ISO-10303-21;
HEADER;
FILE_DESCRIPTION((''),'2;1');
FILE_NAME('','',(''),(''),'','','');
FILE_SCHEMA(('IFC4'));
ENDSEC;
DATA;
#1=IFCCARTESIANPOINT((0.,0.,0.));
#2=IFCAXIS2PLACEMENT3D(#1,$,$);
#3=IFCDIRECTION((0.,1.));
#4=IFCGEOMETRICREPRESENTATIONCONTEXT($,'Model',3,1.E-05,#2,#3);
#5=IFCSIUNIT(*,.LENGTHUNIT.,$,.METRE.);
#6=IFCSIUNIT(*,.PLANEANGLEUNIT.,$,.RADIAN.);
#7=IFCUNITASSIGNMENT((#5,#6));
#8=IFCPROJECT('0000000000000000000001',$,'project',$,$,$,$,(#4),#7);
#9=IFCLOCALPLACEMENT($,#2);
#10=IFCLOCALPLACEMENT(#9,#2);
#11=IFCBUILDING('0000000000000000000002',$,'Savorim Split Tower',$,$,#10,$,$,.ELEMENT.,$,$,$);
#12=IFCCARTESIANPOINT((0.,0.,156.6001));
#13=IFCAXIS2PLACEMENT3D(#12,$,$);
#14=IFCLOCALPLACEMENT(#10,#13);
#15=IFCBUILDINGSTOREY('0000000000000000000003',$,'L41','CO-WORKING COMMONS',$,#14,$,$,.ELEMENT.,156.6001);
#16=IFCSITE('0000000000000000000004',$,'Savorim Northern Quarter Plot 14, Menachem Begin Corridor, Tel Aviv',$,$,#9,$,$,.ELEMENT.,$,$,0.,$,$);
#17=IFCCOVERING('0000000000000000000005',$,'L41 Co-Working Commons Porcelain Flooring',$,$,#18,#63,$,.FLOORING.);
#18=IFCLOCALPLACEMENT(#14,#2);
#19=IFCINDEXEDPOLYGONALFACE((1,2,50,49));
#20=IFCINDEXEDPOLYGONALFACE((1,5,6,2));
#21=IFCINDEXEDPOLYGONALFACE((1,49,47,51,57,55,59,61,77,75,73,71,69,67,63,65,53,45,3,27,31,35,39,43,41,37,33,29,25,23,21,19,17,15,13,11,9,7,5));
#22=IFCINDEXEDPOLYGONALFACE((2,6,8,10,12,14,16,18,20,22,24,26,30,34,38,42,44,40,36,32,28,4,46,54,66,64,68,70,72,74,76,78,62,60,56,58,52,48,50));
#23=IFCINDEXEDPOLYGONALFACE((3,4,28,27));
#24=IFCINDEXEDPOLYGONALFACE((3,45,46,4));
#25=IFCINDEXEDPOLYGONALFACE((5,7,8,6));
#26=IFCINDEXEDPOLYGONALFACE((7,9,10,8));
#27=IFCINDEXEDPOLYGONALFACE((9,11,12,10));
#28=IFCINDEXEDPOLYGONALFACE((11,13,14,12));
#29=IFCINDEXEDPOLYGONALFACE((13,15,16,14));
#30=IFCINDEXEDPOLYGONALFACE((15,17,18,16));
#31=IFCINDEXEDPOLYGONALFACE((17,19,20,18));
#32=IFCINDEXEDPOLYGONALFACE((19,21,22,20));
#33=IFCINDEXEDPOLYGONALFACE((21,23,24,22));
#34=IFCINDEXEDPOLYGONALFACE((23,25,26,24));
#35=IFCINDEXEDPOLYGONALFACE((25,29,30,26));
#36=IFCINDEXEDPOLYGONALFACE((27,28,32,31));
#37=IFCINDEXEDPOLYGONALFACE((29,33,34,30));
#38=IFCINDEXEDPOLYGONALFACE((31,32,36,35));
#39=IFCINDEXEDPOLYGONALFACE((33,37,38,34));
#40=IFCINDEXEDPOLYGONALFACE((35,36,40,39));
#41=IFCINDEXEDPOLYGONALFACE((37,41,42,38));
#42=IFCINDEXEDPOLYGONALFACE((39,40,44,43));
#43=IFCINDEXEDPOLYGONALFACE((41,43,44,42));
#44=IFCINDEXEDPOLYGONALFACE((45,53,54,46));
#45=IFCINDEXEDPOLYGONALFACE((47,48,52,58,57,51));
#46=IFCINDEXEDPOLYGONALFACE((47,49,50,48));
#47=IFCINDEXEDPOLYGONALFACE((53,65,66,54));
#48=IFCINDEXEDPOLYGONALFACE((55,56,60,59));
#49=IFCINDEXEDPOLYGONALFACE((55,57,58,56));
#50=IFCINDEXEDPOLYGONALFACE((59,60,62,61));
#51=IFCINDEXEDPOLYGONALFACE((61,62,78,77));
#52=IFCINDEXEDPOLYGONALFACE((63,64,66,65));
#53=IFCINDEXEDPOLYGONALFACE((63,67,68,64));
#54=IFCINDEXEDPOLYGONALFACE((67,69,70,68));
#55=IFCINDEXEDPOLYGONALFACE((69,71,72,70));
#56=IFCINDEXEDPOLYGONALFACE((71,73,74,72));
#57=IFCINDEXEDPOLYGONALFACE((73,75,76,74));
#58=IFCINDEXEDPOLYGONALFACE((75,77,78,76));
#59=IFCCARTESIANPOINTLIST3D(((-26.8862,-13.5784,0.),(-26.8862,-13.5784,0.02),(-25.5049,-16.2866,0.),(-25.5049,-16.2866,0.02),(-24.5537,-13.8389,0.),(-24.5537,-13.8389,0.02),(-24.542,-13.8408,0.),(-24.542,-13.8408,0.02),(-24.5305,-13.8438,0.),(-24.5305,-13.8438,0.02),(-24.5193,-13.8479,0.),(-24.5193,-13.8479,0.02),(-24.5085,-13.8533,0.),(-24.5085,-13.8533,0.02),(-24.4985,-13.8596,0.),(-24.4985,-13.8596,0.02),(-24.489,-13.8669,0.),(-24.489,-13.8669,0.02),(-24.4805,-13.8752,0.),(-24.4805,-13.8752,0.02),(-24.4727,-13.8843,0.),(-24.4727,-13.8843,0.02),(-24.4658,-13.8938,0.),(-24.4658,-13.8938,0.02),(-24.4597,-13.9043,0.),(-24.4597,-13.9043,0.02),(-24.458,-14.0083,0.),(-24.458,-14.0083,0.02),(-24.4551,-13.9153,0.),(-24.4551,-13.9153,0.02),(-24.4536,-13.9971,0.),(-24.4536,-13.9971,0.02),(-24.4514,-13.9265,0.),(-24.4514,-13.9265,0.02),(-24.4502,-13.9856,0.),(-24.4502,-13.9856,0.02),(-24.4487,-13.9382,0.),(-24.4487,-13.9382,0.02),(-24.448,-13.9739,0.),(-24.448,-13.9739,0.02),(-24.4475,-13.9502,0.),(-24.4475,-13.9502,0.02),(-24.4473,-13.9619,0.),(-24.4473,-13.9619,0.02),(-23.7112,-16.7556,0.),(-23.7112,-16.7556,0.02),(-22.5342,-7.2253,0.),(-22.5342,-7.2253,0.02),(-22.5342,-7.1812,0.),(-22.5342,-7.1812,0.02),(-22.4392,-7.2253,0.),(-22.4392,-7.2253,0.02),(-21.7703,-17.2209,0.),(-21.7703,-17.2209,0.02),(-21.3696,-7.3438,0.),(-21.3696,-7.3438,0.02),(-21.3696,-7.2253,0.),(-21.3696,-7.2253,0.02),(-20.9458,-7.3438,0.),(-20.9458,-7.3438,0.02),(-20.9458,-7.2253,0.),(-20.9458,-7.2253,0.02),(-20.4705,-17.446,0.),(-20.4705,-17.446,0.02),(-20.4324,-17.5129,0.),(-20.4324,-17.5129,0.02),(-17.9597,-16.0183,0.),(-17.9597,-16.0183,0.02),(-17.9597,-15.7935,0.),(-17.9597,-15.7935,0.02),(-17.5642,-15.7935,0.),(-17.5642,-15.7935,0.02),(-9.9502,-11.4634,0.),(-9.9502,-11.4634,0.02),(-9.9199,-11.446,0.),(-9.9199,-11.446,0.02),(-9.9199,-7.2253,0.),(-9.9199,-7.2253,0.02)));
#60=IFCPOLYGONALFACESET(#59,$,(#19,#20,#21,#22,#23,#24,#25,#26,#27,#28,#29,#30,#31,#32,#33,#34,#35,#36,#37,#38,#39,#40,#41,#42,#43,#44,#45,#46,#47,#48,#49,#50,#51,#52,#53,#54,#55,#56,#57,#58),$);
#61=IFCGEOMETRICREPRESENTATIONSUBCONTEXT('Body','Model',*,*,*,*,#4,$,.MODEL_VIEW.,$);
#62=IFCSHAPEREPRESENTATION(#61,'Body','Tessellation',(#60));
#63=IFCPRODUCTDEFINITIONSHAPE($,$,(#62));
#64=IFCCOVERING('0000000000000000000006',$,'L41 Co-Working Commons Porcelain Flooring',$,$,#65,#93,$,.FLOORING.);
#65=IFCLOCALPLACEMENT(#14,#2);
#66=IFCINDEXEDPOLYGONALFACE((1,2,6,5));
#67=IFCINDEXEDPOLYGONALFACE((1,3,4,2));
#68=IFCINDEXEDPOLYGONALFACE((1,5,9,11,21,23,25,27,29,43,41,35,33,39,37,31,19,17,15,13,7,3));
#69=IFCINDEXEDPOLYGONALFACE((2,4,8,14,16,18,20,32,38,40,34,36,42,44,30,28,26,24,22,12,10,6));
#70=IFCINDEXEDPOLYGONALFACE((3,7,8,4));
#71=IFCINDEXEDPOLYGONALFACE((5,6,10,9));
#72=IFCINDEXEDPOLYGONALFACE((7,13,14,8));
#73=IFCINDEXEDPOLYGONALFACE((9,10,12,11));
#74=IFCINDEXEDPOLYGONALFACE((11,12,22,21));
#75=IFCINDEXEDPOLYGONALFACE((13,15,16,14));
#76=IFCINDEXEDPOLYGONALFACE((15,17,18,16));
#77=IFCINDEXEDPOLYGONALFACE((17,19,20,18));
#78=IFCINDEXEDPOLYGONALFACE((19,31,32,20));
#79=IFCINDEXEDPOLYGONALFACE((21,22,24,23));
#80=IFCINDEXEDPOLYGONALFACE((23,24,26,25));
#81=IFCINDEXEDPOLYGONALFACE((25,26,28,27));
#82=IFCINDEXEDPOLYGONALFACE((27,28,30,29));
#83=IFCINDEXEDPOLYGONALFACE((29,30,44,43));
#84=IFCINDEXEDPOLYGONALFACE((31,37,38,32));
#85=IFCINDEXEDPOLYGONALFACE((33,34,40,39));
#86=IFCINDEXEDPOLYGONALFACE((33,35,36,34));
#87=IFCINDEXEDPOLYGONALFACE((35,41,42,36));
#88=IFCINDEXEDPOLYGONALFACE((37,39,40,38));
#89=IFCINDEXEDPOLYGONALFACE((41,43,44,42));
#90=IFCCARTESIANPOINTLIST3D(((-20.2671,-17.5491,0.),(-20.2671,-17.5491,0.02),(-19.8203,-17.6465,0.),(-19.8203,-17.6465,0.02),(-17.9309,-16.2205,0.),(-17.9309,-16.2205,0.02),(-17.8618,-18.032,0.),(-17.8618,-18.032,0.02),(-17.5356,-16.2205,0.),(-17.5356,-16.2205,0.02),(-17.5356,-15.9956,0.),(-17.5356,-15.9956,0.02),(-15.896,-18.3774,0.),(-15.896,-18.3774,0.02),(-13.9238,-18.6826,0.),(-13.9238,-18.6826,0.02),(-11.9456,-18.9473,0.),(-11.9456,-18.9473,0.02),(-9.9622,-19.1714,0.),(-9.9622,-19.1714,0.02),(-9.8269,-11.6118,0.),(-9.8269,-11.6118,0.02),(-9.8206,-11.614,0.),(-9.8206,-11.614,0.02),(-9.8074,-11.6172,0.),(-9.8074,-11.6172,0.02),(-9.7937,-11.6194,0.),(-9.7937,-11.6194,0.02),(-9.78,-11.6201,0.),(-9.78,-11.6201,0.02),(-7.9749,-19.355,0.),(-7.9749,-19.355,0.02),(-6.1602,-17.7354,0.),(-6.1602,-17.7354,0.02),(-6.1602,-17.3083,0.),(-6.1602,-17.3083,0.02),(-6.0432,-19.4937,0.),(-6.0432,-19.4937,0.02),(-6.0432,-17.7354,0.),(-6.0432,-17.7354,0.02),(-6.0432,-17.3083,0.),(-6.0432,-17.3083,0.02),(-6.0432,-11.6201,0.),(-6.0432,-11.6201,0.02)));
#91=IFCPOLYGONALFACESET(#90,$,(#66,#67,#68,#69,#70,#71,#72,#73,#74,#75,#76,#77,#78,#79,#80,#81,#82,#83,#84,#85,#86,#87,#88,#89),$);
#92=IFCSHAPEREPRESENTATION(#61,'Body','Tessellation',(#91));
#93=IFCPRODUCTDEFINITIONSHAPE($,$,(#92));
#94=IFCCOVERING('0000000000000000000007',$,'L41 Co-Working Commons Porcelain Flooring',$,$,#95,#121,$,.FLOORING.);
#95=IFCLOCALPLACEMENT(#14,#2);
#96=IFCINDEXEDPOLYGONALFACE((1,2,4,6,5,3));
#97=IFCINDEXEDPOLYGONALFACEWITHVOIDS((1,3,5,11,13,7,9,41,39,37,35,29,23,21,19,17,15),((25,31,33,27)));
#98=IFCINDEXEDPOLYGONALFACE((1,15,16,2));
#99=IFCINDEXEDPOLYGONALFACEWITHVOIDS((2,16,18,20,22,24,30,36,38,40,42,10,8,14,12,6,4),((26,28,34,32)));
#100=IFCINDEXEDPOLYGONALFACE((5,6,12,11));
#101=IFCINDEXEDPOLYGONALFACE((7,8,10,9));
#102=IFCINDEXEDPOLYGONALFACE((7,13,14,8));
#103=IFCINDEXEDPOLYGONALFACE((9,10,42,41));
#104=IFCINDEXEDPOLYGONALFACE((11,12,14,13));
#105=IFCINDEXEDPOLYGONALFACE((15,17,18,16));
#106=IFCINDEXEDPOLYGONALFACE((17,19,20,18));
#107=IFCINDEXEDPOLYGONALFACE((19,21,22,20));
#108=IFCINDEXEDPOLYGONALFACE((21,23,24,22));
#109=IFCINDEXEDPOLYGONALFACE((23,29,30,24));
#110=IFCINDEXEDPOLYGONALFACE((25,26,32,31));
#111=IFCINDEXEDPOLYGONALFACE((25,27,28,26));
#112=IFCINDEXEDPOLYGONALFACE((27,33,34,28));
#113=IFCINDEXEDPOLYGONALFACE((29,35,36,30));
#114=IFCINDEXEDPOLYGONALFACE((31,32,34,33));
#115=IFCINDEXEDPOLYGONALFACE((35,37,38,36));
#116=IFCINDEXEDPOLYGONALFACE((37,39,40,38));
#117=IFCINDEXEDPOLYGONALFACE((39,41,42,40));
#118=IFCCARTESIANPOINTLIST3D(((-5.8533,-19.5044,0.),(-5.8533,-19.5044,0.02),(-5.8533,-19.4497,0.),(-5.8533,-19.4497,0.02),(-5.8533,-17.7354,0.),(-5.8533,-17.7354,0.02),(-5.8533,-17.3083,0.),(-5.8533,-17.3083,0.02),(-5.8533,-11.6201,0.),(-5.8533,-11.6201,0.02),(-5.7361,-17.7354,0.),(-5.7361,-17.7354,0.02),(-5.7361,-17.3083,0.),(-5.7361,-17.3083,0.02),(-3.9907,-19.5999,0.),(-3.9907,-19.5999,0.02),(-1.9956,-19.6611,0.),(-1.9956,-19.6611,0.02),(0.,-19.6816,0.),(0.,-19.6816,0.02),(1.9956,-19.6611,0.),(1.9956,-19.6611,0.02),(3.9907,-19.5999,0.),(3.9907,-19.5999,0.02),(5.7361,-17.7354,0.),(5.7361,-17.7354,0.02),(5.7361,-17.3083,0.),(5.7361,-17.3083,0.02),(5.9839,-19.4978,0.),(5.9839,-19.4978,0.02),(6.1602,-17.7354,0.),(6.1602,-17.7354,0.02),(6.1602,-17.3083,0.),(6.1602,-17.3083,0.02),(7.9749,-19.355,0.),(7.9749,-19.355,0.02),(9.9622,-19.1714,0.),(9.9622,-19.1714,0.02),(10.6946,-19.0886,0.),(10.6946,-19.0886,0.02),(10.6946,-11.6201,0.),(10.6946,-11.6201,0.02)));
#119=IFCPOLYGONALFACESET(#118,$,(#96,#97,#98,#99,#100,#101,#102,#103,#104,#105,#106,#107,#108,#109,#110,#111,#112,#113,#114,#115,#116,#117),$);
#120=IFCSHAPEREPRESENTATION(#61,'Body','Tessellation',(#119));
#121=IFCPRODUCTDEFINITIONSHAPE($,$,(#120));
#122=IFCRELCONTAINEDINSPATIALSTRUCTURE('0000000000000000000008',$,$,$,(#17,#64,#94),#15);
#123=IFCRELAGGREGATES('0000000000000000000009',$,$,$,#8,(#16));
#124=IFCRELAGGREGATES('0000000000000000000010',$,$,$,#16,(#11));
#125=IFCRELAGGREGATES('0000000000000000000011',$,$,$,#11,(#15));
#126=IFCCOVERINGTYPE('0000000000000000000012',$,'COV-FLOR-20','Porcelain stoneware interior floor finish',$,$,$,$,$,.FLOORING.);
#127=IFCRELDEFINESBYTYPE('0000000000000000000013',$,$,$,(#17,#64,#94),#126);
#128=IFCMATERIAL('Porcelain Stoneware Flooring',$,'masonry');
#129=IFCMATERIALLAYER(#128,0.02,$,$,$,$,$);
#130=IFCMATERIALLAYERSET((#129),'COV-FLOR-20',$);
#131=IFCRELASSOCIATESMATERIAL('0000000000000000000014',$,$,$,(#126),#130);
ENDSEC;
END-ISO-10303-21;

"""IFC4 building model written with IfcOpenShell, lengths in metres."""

from ifc_helpers import new_model, si_unit, direction, frame, origin, place, context, subcontext, project, spatial, polyline, outline, extrude, material, layer, layer_set, type_object, element, save


model = new_model("IFC4")

# Units and contexts
model_context = context("Model", 3, precision=1e-05, world=origin(), true_north=direction((0.0, 1.0)))
body_context = subcontext(model_context, "Body", "Model", "MODEL_VIEW")
ifc_project = project(units=[si_unit("LENGTHUNIT", "METRE"), si_unit("PLANEANGLEUNIT", "RADIAN")], contexts=[model_context])

# Site, building, storey
site_placement = place(None, origin())
site = spatial("IfcSite", under=ifc_project, at=site_placement, Name="Savorim Northern Quarter Plot 14, Menachem Begin Corridor, Tel Aviv", CompositionType="ELEMENT", RefElevation=0.0)
building_placement = place(site_placement, origin())
building = spatial("IfcBuilding", under=site, at=building_placement, Name="Savorim Split Tower", CompositionType="ELEMENT")
storey_placement = place(building_placement, frame((0.0, 0.0, 156.6001)))
storey = spatial("IfcBuildingStorey", under=building, at=storey_placement, Name="L41", Description="CO-WORKING COMMONS", CompositionType="ELEMENT", Elevation=156.6001)

# Coverings
ifc_material_1 = material(Name="Porcelain Stoneware Flooring", Category="masonry")
ifc_layer_1 = layer(ifc_material_1, 0.02)
ifc_layer_set_1 = layer_set([ifc_layer_1], Name="COV-FLOR-20")
covering_type_1 = type_object("IfcCoveringType", Name="COV-FLOR-20", Description="Porcelain stoneware interior floor finish", PredefinedType="FLOORING", material=ifc_layer_set_1)
covering_1_placement = place(storey_placement, origin())
element("IfcCovering", 1, at=covering_1_placement, inside=storey, type_object=covering_type_1, Name="L41 Co-Working Commons Porcelain Flooring", PredefinedType="FLOORING", context=body_context, shape_type="SweptSolid", body=[
    extrude(outline(polyline([(-24.4473, -13.9619), (-24.448, -13.9739), (-24.4502, -13.9856), (-24.4536, -13.9971), (-24.458, -14.0083), (-25.5049, -16.2866), (-23.7112, -16.7556), (-21.7703, -17.2209), (-20.4324, -17.5129), (-20.4705, -17.446), (-17.9597, -16.0183), (-17.9597, -15.7935), (-17.5642, -15.7935), (-9.9502, -11.4634), (-9.9199, -11.446), (-9.9199, -7.2253), (-20.9458, -7.2253), (-20.9458, -7.3438), (-21.3696, -7.3438), (-21.3696, -7.2253), (-22.4392, -7.2253), (-22.5342, -7.2253), (-22.5342, -7.1812), (-26.8862, -13.5784), (-24.5537, -13.8389), (-24.542, -13.8408), (-24.5305, -13.8438), (-24.5193, -13.8479), (-24.5085, -13.8533), (-24.4985, -13.8596), (-24.489, -13.8669), (-24.4805, -13.8752), (-24.4727, -13.8843), (-24.4658, -13.8938), (-24.4597, -13.9043), (-24.4551, -13.9153), (-24.4514, -13.9265), (-24.4487, -13.9382), (-24.4475, -13.9502), (-24.4473, -13.9619)])), origin(), (0.0, 0.0, 1.0), 0.02),
])
covering_2_placement = place(storey_placement, origin())
element("IfcCovering", 2, at=covering_2_placement, inside=storey, type_object=covering_type_1, Name="L41 Co-Working Commons Porcelain Flooring", PredefinedType="FLOORING", context=body_context, shape_type="SweptSolid", body=[
    extrude(outline(polyline([(-13.9238, -18.6826), (-11.9456, -18.9473), (-9.9622, -19.1714), (-7.9749, -19.355), (-6.0432, -19.4937), (-6.0432, -17.7354), (-6.1602, -17.7354), (-6.1602, -17.3083), (-6.0432, -17.3083), (-6.0432, -11.6201), (-9.78, -11.6201), (-9.7937, -11.6194), (-9.8074, -11.6172), (-9.8206, -11.614), (-9.8269, -11.6118), (-17.5356, -15.9956), (-17.5356, -16.2205), (-17.9309, -16.2205), (-20.2671, -17.5491), (-19.8203, -17.6465), (-17.8618, -18.032), (-15.896, -18.3774), (-13.9238, -18.6826)])), origin(), (0.0, 0.0, 1.0), 0.02),
])
covering_3_placement = place(storey_placement, origin())
element("IfcCovering", 3, at=covering_3_placement, inside=storey, type_object=covering_type_1, Name="L41 Co-Working Commons Porcelain Flooring", PredefinedType="FLOORING", context=body_context, shape_type="SweptSolid", body=[
    extrude(outline(polyline([(5.9839, -19.4978), (7.9749, -19.355), (9.9622, -19.1714), (10.6946, -19.0886), (10.6946, -11.6201), (-5.8533, -11.6201), (-5.8533, -17.3083), (-5.7361, -17.3083), (-5.7361, -17.7354), (-5.8533, -17.7354), (-5.8533, -19.4497), (-5.8533, -19.5044), (-3.9907, -19.5999), (-1.9956, -19.6611), (0.0, -19.6816), (1.9956, -19.6611), (3.9907, -19.5999), (5.9839, -19.4978)]), holes=[polyline([(5.7361, -17.7354), (6.1602, -17.7354), (6.1602, -17.3083), (5.7361, -17.3083), (5.7361, -17.7354)])]), origin(), (0.0, 0.0, 1.0), 0.02),
])

save(model, "model.ifc")
